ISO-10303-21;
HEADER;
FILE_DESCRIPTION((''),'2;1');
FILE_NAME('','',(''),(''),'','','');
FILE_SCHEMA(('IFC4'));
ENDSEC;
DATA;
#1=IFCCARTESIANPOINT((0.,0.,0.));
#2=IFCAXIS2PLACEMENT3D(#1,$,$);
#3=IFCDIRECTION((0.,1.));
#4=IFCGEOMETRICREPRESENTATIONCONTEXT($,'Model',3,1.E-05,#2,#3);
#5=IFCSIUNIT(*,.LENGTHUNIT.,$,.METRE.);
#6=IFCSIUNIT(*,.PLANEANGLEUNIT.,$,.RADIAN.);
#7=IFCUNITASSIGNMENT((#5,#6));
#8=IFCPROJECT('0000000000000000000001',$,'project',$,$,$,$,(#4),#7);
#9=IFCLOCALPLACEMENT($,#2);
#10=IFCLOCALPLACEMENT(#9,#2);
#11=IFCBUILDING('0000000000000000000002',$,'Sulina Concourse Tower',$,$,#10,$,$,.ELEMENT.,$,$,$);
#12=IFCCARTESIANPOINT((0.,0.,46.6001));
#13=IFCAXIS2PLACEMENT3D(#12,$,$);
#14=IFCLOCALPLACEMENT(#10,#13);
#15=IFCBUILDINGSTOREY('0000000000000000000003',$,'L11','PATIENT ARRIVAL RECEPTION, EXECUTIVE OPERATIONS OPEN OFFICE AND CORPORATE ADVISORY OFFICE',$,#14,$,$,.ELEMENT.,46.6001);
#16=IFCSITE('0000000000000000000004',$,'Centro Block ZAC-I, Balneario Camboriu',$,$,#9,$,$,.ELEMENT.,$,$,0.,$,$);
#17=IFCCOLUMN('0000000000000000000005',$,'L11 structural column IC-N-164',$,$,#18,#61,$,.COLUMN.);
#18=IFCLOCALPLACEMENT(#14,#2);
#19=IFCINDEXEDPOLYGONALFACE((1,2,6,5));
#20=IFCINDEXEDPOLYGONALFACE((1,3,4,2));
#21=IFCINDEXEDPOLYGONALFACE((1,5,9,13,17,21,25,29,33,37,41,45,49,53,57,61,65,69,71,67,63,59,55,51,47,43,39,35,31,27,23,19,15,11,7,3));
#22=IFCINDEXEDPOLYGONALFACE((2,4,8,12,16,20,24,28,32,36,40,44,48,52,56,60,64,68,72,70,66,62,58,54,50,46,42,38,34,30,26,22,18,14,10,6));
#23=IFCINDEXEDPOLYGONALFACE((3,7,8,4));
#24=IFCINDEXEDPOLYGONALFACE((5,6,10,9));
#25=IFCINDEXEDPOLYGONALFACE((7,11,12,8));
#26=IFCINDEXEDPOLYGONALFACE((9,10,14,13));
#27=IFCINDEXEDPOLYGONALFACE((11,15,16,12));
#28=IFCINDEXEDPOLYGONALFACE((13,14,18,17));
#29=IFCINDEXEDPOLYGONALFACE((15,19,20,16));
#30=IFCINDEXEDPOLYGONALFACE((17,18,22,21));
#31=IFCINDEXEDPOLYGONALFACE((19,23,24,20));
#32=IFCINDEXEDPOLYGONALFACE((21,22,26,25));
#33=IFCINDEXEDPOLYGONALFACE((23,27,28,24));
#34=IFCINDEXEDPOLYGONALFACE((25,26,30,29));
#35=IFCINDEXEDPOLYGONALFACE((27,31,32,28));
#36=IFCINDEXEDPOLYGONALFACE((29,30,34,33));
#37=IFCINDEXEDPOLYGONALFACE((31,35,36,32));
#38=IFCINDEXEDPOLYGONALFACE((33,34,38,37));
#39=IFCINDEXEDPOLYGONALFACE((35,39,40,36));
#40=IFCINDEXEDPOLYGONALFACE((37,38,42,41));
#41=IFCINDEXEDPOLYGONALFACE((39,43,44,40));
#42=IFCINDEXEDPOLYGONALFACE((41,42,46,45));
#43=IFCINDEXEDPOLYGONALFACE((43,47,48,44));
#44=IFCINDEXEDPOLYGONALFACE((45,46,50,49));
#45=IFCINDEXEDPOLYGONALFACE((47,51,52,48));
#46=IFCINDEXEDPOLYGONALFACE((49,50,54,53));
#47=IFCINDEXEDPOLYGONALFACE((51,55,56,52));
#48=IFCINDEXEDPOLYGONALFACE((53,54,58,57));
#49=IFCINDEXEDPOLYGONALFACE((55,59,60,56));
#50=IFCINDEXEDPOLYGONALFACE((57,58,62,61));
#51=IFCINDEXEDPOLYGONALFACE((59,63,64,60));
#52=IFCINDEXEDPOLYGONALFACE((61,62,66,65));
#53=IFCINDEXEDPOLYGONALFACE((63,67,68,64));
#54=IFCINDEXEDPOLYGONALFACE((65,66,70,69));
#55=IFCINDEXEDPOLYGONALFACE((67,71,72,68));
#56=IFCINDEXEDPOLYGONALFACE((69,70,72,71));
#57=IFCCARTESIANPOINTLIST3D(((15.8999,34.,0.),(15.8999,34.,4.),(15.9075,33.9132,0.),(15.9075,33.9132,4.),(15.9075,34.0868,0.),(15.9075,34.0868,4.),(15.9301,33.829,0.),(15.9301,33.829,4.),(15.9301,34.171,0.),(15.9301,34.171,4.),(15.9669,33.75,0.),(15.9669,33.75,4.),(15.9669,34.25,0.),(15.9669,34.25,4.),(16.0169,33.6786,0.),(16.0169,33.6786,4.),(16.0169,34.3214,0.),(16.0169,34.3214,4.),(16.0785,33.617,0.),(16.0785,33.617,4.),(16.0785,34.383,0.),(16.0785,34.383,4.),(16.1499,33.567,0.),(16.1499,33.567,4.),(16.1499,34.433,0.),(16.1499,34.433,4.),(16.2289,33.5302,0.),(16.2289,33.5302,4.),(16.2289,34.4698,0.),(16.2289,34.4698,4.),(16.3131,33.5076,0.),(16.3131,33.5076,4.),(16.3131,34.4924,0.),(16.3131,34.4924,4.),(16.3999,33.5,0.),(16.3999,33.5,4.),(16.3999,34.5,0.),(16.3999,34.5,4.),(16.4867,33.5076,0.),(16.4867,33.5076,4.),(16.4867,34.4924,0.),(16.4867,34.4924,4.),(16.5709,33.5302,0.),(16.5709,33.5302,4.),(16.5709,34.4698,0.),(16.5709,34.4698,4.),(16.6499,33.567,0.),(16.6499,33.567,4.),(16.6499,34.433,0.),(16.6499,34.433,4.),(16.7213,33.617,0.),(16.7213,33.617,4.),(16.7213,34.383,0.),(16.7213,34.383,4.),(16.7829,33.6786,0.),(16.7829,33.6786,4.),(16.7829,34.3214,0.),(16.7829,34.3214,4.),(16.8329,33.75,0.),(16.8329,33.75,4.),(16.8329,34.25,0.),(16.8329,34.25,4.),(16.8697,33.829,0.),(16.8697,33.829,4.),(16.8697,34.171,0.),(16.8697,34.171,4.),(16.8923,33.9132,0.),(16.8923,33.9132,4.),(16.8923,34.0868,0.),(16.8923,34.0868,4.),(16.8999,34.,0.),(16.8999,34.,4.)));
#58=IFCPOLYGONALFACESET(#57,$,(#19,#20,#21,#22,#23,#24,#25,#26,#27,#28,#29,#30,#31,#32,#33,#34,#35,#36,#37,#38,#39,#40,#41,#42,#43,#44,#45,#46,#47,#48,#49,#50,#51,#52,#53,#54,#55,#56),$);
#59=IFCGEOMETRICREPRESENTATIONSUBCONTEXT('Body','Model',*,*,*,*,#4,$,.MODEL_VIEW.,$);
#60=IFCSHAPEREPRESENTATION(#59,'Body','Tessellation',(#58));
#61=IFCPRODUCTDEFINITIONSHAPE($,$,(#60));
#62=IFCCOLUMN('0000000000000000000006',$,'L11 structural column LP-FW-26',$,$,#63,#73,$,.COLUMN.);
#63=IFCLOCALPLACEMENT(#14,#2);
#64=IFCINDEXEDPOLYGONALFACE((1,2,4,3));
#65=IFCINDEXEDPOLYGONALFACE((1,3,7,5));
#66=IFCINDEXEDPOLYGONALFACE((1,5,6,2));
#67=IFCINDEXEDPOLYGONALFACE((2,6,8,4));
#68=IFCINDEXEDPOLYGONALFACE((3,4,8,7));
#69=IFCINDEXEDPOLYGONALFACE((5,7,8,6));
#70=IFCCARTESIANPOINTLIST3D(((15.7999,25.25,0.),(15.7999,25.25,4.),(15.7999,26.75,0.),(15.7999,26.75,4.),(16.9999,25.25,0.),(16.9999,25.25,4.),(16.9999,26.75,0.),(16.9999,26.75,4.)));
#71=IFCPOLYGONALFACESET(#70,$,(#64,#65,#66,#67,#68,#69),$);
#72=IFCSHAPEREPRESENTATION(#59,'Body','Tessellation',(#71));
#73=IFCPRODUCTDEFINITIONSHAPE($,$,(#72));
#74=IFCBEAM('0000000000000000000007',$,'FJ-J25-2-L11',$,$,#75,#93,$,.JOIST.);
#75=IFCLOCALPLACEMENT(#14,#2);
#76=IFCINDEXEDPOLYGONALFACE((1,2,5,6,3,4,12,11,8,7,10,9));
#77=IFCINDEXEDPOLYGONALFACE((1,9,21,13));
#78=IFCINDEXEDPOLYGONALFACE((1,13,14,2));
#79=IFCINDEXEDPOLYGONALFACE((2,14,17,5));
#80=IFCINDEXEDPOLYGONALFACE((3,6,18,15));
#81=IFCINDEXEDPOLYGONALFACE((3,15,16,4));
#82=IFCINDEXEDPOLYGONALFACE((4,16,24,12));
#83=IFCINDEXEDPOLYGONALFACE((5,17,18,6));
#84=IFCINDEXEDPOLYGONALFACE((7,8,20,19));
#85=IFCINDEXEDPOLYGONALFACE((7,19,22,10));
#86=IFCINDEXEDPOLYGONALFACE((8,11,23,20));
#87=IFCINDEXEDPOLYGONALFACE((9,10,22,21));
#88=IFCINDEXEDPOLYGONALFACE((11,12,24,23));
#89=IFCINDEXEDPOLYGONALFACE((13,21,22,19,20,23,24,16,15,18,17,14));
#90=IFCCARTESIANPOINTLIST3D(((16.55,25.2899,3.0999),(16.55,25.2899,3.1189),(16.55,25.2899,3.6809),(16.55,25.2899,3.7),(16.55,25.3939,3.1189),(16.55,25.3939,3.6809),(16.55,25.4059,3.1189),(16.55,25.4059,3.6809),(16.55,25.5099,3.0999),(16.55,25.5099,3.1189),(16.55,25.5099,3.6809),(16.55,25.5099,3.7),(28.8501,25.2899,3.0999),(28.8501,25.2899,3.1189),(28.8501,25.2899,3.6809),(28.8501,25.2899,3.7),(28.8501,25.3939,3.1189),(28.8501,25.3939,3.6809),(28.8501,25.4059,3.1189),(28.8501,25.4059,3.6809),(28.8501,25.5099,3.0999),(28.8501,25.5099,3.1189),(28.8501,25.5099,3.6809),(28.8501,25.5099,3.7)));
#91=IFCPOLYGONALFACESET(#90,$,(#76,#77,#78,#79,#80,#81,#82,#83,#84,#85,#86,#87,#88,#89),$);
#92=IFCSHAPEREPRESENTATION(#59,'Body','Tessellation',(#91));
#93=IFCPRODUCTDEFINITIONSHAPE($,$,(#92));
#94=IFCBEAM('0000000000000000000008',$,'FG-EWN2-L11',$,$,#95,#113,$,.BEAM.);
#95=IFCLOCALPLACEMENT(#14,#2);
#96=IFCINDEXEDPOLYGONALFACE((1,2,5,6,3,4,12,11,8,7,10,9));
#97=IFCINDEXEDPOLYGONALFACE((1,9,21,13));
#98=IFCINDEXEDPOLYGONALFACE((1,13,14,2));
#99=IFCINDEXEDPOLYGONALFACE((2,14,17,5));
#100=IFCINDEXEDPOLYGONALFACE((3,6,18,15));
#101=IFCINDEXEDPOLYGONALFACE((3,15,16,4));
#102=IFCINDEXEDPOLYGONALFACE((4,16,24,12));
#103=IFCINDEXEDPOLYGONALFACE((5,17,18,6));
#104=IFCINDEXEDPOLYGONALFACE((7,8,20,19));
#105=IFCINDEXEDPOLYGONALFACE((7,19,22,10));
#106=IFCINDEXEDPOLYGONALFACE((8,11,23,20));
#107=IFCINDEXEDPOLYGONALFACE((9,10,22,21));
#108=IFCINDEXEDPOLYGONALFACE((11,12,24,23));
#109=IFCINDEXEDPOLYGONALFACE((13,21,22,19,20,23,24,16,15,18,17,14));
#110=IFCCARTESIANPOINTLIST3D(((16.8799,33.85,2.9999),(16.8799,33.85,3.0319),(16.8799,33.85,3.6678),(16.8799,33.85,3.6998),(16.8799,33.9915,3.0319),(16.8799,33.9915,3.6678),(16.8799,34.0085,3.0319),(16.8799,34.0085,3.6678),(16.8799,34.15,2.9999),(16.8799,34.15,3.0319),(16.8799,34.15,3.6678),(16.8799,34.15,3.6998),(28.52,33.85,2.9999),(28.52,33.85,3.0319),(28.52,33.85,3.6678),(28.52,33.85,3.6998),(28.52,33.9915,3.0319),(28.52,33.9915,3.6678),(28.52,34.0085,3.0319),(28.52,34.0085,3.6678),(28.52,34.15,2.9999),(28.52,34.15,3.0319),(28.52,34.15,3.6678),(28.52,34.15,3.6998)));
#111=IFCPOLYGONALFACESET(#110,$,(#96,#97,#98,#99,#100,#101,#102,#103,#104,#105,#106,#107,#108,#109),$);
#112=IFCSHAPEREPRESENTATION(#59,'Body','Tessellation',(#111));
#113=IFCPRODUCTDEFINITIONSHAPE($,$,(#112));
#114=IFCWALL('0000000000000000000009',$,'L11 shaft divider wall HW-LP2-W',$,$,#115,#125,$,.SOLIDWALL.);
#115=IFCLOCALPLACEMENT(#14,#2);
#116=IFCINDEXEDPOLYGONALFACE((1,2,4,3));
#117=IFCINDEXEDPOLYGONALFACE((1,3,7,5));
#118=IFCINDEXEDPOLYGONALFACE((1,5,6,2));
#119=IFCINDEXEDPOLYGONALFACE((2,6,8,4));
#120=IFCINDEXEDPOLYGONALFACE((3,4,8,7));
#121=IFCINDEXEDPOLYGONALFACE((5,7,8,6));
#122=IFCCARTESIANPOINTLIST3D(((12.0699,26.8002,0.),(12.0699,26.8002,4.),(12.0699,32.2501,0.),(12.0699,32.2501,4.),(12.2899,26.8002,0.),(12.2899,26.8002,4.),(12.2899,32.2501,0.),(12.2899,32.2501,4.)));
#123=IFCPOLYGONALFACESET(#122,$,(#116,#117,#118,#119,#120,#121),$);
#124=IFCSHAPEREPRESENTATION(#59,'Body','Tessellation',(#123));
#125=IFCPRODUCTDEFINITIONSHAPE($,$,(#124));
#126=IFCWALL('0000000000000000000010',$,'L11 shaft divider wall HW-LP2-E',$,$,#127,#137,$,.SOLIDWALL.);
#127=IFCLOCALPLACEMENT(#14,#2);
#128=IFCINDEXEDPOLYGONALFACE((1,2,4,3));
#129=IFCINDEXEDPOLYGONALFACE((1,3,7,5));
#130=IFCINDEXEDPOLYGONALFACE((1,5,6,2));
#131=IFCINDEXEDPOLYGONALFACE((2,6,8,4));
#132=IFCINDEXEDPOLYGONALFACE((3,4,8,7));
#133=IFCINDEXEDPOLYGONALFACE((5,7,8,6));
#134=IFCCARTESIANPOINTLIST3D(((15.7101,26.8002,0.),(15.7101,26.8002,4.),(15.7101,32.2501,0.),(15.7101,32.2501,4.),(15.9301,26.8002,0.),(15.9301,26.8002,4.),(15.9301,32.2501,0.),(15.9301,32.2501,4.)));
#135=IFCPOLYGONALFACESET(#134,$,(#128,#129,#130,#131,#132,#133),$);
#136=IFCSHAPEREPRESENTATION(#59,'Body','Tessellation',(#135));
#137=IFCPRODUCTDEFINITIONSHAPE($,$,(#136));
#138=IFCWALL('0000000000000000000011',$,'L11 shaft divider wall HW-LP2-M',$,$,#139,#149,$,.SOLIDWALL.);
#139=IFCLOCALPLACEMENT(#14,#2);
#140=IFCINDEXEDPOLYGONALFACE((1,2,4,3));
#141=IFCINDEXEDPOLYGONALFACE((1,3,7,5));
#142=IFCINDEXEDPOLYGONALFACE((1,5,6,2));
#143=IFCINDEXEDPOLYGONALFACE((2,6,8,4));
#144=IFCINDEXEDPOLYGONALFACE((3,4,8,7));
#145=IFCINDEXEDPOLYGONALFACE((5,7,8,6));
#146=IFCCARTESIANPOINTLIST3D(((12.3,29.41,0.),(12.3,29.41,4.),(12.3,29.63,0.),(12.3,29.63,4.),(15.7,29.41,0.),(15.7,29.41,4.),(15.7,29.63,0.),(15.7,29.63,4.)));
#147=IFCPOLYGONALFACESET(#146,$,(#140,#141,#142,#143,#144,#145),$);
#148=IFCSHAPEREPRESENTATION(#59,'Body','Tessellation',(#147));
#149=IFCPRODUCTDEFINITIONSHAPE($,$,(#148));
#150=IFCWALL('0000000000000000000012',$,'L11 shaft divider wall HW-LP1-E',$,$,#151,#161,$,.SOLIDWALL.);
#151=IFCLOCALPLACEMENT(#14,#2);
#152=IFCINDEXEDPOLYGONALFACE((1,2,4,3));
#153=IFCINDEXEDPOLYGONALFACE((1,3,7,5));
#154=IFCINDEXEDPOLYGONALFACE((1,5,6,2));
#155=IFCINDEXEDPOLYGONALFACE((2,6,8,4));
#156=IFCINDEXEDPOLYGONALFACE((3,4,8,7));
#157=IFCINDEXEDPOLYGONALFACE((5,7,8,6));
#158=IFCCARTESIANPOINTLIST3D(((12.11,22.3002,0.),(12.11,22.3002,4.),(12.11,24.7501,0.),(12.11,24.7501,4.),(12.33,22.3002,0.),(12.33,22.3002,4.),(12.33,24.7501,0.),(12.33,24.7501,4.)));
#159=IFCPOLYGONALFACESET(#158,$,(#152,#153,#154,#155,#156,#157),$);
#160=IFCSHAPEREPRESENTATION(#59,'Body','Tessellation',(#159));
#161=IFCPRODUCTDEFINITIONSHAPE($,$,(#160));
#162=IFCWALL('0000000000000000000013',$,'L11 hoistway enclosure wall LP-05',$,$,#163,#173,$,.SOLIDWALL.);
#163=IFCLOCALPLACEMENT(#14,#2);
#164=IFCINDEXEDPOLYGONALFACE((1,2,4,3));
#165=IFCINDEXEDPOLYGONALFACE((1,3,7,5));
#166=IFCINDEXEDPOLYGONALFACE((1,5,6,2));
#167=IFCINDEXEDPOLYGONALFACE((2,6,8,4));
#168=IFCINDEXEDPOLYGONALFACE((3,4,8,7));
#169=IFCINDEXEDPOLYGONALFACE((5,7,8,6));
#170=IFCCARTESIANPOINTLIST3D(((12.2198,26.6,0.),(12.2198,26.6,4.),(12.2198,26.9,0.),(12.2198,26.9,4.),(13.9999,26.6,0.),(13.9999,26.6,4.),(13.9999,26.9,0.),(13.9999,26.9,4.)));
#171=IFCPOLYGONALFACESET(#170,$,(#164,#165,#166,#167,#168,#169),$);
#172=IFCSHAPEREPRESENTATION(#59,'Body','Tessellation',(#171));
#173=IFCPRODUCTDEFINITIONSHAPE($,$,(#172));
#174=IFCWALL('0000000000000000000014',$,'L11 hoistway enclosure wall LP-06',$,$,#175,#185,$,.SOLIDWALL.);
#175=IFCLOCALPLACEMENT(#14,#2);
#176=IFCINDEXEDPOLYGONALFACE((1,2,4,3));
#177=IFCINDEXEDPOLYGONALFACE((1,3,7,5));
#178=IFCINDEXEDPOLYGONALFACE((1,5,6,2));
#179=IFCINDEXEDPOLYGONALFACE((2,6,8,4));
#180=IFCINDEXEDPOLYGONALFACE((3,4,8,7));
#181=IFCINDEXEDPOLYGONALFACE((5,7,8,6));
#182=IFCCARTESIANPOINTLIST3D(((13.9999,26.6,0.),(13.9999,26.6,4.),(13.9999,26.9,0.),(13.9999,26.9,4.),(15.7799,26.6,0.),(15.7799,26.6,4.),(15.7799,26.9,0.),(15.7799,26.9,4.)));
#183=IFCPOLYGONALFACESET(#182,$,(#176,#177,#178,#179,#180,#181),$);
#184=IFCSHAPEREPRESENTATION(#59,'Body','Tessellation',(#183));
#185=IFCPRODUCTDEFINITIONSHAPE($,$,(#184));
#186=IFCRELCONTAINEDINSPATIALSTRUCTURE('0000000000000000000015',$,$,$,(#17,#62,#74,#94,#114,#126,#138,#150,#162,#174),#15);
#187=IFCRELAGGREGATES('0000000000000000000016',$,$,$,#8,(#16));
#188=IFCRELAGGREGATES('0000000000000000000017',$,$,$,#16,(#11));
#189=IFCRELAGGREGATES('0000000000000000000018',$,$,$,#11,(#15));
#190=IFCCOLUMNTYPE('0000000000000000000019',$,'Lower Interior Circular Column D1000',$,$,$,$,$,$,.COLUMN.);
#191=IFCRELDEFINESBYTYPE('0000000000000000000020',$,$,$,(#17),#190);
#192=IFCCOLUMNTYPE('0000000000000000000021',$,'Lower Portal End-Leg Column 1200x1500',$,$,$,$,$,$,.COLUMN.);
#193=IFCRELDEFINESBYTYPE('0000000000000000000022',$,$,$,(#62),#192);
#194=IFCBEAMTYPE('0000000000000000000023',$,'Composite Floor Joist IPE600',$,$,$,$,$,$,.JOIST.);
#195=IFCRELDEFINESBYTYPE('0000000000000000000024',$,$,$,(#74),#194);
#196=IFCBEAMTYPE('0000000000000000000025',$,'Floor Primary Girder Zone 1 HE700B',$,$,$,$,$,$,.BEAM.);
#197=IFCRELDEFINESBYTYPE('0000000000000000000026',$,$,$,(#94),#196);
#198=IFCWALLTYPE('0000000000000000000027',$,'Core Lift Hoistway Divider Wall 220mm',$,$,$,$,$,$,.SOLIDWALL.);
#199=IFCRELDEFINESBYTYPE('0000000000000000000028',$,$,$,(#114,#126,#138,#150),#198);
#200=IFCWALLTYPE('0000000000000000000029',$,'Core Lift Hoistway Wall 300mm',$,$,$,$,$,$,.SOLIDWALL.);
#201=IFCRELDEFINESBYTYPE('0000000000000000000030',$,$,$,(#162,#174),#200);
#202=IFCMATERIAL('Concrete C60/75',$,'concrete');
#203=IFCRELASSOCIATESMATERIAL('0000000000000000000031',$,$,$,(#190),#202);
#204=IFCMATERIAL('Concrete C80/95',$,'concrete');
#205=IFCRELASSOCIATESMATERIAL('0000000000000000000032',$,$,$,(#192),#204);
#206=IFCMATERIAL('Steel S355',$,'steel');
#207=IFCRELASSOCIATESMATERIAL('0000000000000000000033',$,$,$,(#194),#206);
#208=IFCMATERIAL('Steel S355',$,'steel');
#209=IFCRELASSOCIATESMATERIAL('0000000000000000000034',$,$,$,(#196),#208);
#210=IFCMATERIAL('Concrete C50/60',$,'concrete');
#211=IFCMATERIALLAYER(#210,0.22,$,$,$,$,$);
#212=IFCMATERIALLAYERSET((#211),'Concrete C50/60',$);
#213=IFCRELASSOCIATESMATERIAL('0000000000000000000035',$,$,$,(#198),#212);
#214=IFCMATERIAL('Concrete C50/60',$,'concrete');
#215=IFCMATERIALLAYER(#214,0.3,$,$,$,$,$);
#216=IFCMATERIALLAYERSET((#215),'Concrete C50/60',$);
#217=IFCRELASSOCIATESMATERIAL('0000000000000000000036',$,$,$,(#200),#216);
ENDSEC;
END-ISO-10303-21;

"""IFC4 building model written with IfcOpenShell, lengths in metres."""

from ifc_helpers import new_model, si_unit, direction, frame, frame_2d, origin, origin_2d, place, context, subcontext, project, spatial, rectangle, circle, i_section, extrude, material, layer, layer_set, material_profile, profile_set, type_object, element, save


model = new_model("IFC4")

# Units and contexts
model_context = context("Model", 3, precision=1e-05, world=origin(), true_north=direction((0.0, 1.0)))
body_context = subcontext(model_context, "Body", "Model", "MODEL_VIEW")
ifc_project = project(units=[si_unit("LENGTHUNIT", "METRE"), si_unit("PLANEANGLEUNIT", "RADIAN")], contexts=[model_context])

# Site, building, storey
site_placement = place(None, origin())
site = spatial("IfcSite", under=ifc_project, at=site_placement, Name="Centro Block ZAC-I, Balneario Camboriu", CompositionType="ELEMENT", RefElevation=0.0)
building_placement = place(site_placement, origin())
building = spatial("IfcBuilding", under=site, at=building_placement, Name="Sulina Concourse Tower", CompositionType="ELEMENT")
storey_placement = place(building_placement, frame((0.0, 0.0, 46.6001)))
storey = spatial("IfcBuildingStorey", under=building, at=storey_placement, Name="L11", Description="PATIENT ARRIVAL RECEPTION, EXECUTIVE OPERATIONS OPEN OFFICE AND CORPORATE ADVISORY OFFICE", CompositionType="ELEMENT", Elevation=46.6001)

# Columns
ifc_material_1 = material(Name="Concrete C60/75", Category="concrete")
ifc_material_profile_1 = material_profile(ifc_material_1, circle(Radius=0.5, at=origin_2d()), Name="RC D1000")
ifc_profile_set_1 = profile_set([ifc_material_profile_1], Name="Concrete C60/75")
column_type_1 = type_object("IfcColumnType", Name="Lower Interior Circular Column D1000", PredefinedType="COLUMN", material=ifc_profile_set_1)
column_1_placement = place(storey_placement, frame((16.3999, 34.0, 0.0), z_axis=(0.0, 0.0, 1.0), x_axis=(1.0, 0.0, 0.0)))
element("IfcColumn", 1, at=column_1_placement, inside=storey, type_object=column_type_1, Name="L11 structural column IC-N-164", PredefinedType="COLUMN", context=body_context, shape_type="SweptSolid", body=[
    extrude(circle(Radius=0.5, at=origin_2d()), origin(), (0.0, 0.0, 1.0), 4.0),
])
ifc_material_2 = material(Name="Concrete C80/95", Category="concrete")
ifc_material_profile_2 = material_profile(ifc_material_2, rectangle(XDim=1.2, YDim=1.5, at=origin_2d()), Name="RC 1200x1500")
ifc_profile_set_2 = profile_set([ifc_material_profile_2], Name="Concrete C80/95")
column_type_2 = type_object("IfcColumnType", Name="Lower Portal End-Leg Column 1200x1500", PredefinedType="COLUMN", material=ifc_profile_set_2)
column_2_placement = place(storey_placement, frame((16.3999, 26.0, 0.0), z_axis=(0.0, 0.0, 1.0), x_axis=(1.0, 0.0, 0.0)))
element("IfcColumn", 2, at=column_2_placement, inside=storey, type_object=column_type_2, Name="L11 structural column LP-FW-26", PredefinedType="COLUMN", context=body_context, shape_type="SweptSolid", body=[
    extrude(rectangle(XDim=1.2, YDim=1.5, at=origin_2d()), origin(), (0.0, 0.0, 1.0), 4.0),
])

# Beams
ifc_material_3 = material(Name="Steel S355", Category="steel")
ifc_material_profile_3 = material_profile(ifc_material_3, i_section(OverallWidth=0.22, OverallDepth=0.6001, WebThickness=0.012, FlangeThickness=0.019, at=origin_2d()), Name="IPE 600")
ifc_profile_set_3 = profile_set([ifc_material_profile_3], Name="Steel S355")
beam_type_1 = type_object("IfcBeamType", Name="Composite Floor Joist IPE600", PredefinedType="JOIST", material=ifc_profile_set_3)
beam_1_placement = place(storey_placement, frame((16.55, 25.3999, 3.3999), z_axis=(1.0, 0.0, 0.0), x_axis=(0.0, 1.0, 0.0)))
element("IfcBeam", 3, at=beam_1_placement, inside=storey, type_object=beam_type_1, Name="FJ-J25-2-L11", PredefinedType="JOIST", context=body_context, shape_type="SweptSolid", body=[
    extrude(i_section(OverallWidth=0.22, OverallDepth=0.6001, WebThickness=0.012, FlangeThickness=0.019, at=origin_2d()), origin(), (0.0, 0.0, 1.0), 12.3),
])
ifc_material_4 = material(Name="Steel S355", Category="steel")
ifc_material_profile_4 = material_profile(ifc_material_4, i_section(OverallWidth=0.3, OverallDepth=0.7, WebThickness=0.0171, FlangeThickness=0.032, at=origin_2d()), Name="HE 700 B")
ifc_profile_set_4 = profile_set([ifc_material_profile_4], Name="Steel S355")
beam_type_2 = type_object("IfcBeamType", Name="Floor Primary Girder Zone 1 HE700B", PredefinedType="BEAM", material=ifc_profile_set_4)
beam_2_placement = place(storey_placement, frame((16.8799, 34.0, 3.3499), z_axis=(1.0, 0.0, 0.0), x_axis=(0.0, 1.0, 0.0)))
element("IfcBeam", 4, at=beam_2_placement, inside=storey, type_object=beam_type_2, Name="FG-EWN2-L11", PredefinedType="BEAM", context=body_context, shape_type="SweptSolid", body=[
    extrude(i_section(OverallWidth=0.3, OverallDepth=0.7, WebThickness=0.0171, FlangeThickness=0.032, at=origin_2d()), origin(), (0.0, 0.0, 1.0), 11.6401),
])

# Walls
ifc_material_5 = material(Name="Concrete C50/60", Category="concrete")
ifc_layer_1 = layer(ifc_material_5, 0.22)
ifc_layer_set_1 = layer_set([ifc_layer_1], Name="Concrete C50/60")
wall_type_1 = type_object("IfcWallType", Name="Core Lift Hoistway Divider Wall 220mm", PredefinedType="SOLIDWALL", material=ifc_layer_set_1)
for number, where, z_axis, x_axis, name in (
    (5, (12.1799, 26.8, 0.0), (0.0, 0.0, 1.0), (0.0, 1.0, 0.0), "L11 shaft divider wall HW-LP2-W"),
    (6, (15.8201, 26.8, 0.0), (0.0, 0.0, 1.0), (0.0, 1.0, 0.0), "L11 shaft divider wall HW-LP2-E"),
):
    element("IfcWall", number, at=place(storey_placement, frame(where, z_axis=z_axis, x_axis=x_axis)), inside=storey, type_object=wall_type_1, Name=name, PredefinedType="SOLIDWALL", context=body_context, shape_type="SweptSolid", body=[
        extrude(rectangle(XDim=5.45, YDim=0.22, at=frame_2d((2.7251, 0.0))), origin(), (0.0, 0.0, 1.0), 4.0),
    ])
wall_1_placement = place(storey_placement, frame((12.3, 29.52, 0.0), z_axis=(0.0, 0.0, 1.0), x_axis=(1.0, 0.0, 0.0)))
element("IfcWall", 7, at=wall_1_placement, inside=storey, type_object=wall_type_1, Name="L11 shaft divider wall HW-LP2-M", PredefinedType="SOLIDWALL", context=body_context, shape_type="SweptSolid", body=[
    extrude(rectangle(XDim=3.3999, YDim=0.22, at=frame_2d((1.7, 0.0))), origin(), (0.0, 0.0, 1.0), 4.0),
])
wall_2_placement = place(storey_placement, frame((12.22, 22.3, 0.0), z_axis=(0.0, 0.0, 1.0), x_axis=(0.0, 1.0, 0.0)))
element("IfcWall", 8, at=wall_2_placement, inside=storey, type_object=wall_type_1, Name="L11 shaft divider wall HW-LP1-E", PredefinedType="SOLIDWALL", context=body_context, shape_type="SweptSolid", body=[
    extrude(rectangle(XDim=2.45, YDim=0.22, at=frame_2d((1.2251, 0.0))), origin(), (0.0, 0.0, 1.0), 4.0),
])
ifc_material_6 = material(Name="Concrete C50/60", Category="concrete")
ifc_layer_2 = layer(ifc_material_6, 0.3)
ifc_layer_set_2 = layer_set([ifc_layer_2], Name="Concrete C50/60")
wall_type_2 = type_object("IfcWallType", Name="Core Lift Hoistway Wall 300mm", PredefinedType="SOLIDWALL", material=ifc_layer_set_2)
for number, where, z_axis, x_axis, name in (
    (9, (14.0, 26.75, 0.0), (0.0, 0.0, 1.0), (-1.0, 0.0, 0.0), "L11 hoistway enclosure wall LP-05"),
    (10, (15.78, 26.75, 0.0), (0.0, 0.0, 1.0), (-1.0, 0.0, 0.0), "L11 hoistway enclosure wall LP-06"),
):
    element("IfcWall", number, at=place(storey_placement, frame(where, z_axis=z_axis, x_axis=x_axis)), inside=storey, type_object=wall_type_2, Name=name, PredefinedType="SOLIDWALL", context=body_context, shape_type="SweptSolid", body=[
        extrude(rectangle(XDim=1.78, YDim=0.3, at=frame_2d((0.8901, 0.0))), origin(), (0.0, 0.0, 1.0), 4.0),
    ])

save(model, "model.ifc")
